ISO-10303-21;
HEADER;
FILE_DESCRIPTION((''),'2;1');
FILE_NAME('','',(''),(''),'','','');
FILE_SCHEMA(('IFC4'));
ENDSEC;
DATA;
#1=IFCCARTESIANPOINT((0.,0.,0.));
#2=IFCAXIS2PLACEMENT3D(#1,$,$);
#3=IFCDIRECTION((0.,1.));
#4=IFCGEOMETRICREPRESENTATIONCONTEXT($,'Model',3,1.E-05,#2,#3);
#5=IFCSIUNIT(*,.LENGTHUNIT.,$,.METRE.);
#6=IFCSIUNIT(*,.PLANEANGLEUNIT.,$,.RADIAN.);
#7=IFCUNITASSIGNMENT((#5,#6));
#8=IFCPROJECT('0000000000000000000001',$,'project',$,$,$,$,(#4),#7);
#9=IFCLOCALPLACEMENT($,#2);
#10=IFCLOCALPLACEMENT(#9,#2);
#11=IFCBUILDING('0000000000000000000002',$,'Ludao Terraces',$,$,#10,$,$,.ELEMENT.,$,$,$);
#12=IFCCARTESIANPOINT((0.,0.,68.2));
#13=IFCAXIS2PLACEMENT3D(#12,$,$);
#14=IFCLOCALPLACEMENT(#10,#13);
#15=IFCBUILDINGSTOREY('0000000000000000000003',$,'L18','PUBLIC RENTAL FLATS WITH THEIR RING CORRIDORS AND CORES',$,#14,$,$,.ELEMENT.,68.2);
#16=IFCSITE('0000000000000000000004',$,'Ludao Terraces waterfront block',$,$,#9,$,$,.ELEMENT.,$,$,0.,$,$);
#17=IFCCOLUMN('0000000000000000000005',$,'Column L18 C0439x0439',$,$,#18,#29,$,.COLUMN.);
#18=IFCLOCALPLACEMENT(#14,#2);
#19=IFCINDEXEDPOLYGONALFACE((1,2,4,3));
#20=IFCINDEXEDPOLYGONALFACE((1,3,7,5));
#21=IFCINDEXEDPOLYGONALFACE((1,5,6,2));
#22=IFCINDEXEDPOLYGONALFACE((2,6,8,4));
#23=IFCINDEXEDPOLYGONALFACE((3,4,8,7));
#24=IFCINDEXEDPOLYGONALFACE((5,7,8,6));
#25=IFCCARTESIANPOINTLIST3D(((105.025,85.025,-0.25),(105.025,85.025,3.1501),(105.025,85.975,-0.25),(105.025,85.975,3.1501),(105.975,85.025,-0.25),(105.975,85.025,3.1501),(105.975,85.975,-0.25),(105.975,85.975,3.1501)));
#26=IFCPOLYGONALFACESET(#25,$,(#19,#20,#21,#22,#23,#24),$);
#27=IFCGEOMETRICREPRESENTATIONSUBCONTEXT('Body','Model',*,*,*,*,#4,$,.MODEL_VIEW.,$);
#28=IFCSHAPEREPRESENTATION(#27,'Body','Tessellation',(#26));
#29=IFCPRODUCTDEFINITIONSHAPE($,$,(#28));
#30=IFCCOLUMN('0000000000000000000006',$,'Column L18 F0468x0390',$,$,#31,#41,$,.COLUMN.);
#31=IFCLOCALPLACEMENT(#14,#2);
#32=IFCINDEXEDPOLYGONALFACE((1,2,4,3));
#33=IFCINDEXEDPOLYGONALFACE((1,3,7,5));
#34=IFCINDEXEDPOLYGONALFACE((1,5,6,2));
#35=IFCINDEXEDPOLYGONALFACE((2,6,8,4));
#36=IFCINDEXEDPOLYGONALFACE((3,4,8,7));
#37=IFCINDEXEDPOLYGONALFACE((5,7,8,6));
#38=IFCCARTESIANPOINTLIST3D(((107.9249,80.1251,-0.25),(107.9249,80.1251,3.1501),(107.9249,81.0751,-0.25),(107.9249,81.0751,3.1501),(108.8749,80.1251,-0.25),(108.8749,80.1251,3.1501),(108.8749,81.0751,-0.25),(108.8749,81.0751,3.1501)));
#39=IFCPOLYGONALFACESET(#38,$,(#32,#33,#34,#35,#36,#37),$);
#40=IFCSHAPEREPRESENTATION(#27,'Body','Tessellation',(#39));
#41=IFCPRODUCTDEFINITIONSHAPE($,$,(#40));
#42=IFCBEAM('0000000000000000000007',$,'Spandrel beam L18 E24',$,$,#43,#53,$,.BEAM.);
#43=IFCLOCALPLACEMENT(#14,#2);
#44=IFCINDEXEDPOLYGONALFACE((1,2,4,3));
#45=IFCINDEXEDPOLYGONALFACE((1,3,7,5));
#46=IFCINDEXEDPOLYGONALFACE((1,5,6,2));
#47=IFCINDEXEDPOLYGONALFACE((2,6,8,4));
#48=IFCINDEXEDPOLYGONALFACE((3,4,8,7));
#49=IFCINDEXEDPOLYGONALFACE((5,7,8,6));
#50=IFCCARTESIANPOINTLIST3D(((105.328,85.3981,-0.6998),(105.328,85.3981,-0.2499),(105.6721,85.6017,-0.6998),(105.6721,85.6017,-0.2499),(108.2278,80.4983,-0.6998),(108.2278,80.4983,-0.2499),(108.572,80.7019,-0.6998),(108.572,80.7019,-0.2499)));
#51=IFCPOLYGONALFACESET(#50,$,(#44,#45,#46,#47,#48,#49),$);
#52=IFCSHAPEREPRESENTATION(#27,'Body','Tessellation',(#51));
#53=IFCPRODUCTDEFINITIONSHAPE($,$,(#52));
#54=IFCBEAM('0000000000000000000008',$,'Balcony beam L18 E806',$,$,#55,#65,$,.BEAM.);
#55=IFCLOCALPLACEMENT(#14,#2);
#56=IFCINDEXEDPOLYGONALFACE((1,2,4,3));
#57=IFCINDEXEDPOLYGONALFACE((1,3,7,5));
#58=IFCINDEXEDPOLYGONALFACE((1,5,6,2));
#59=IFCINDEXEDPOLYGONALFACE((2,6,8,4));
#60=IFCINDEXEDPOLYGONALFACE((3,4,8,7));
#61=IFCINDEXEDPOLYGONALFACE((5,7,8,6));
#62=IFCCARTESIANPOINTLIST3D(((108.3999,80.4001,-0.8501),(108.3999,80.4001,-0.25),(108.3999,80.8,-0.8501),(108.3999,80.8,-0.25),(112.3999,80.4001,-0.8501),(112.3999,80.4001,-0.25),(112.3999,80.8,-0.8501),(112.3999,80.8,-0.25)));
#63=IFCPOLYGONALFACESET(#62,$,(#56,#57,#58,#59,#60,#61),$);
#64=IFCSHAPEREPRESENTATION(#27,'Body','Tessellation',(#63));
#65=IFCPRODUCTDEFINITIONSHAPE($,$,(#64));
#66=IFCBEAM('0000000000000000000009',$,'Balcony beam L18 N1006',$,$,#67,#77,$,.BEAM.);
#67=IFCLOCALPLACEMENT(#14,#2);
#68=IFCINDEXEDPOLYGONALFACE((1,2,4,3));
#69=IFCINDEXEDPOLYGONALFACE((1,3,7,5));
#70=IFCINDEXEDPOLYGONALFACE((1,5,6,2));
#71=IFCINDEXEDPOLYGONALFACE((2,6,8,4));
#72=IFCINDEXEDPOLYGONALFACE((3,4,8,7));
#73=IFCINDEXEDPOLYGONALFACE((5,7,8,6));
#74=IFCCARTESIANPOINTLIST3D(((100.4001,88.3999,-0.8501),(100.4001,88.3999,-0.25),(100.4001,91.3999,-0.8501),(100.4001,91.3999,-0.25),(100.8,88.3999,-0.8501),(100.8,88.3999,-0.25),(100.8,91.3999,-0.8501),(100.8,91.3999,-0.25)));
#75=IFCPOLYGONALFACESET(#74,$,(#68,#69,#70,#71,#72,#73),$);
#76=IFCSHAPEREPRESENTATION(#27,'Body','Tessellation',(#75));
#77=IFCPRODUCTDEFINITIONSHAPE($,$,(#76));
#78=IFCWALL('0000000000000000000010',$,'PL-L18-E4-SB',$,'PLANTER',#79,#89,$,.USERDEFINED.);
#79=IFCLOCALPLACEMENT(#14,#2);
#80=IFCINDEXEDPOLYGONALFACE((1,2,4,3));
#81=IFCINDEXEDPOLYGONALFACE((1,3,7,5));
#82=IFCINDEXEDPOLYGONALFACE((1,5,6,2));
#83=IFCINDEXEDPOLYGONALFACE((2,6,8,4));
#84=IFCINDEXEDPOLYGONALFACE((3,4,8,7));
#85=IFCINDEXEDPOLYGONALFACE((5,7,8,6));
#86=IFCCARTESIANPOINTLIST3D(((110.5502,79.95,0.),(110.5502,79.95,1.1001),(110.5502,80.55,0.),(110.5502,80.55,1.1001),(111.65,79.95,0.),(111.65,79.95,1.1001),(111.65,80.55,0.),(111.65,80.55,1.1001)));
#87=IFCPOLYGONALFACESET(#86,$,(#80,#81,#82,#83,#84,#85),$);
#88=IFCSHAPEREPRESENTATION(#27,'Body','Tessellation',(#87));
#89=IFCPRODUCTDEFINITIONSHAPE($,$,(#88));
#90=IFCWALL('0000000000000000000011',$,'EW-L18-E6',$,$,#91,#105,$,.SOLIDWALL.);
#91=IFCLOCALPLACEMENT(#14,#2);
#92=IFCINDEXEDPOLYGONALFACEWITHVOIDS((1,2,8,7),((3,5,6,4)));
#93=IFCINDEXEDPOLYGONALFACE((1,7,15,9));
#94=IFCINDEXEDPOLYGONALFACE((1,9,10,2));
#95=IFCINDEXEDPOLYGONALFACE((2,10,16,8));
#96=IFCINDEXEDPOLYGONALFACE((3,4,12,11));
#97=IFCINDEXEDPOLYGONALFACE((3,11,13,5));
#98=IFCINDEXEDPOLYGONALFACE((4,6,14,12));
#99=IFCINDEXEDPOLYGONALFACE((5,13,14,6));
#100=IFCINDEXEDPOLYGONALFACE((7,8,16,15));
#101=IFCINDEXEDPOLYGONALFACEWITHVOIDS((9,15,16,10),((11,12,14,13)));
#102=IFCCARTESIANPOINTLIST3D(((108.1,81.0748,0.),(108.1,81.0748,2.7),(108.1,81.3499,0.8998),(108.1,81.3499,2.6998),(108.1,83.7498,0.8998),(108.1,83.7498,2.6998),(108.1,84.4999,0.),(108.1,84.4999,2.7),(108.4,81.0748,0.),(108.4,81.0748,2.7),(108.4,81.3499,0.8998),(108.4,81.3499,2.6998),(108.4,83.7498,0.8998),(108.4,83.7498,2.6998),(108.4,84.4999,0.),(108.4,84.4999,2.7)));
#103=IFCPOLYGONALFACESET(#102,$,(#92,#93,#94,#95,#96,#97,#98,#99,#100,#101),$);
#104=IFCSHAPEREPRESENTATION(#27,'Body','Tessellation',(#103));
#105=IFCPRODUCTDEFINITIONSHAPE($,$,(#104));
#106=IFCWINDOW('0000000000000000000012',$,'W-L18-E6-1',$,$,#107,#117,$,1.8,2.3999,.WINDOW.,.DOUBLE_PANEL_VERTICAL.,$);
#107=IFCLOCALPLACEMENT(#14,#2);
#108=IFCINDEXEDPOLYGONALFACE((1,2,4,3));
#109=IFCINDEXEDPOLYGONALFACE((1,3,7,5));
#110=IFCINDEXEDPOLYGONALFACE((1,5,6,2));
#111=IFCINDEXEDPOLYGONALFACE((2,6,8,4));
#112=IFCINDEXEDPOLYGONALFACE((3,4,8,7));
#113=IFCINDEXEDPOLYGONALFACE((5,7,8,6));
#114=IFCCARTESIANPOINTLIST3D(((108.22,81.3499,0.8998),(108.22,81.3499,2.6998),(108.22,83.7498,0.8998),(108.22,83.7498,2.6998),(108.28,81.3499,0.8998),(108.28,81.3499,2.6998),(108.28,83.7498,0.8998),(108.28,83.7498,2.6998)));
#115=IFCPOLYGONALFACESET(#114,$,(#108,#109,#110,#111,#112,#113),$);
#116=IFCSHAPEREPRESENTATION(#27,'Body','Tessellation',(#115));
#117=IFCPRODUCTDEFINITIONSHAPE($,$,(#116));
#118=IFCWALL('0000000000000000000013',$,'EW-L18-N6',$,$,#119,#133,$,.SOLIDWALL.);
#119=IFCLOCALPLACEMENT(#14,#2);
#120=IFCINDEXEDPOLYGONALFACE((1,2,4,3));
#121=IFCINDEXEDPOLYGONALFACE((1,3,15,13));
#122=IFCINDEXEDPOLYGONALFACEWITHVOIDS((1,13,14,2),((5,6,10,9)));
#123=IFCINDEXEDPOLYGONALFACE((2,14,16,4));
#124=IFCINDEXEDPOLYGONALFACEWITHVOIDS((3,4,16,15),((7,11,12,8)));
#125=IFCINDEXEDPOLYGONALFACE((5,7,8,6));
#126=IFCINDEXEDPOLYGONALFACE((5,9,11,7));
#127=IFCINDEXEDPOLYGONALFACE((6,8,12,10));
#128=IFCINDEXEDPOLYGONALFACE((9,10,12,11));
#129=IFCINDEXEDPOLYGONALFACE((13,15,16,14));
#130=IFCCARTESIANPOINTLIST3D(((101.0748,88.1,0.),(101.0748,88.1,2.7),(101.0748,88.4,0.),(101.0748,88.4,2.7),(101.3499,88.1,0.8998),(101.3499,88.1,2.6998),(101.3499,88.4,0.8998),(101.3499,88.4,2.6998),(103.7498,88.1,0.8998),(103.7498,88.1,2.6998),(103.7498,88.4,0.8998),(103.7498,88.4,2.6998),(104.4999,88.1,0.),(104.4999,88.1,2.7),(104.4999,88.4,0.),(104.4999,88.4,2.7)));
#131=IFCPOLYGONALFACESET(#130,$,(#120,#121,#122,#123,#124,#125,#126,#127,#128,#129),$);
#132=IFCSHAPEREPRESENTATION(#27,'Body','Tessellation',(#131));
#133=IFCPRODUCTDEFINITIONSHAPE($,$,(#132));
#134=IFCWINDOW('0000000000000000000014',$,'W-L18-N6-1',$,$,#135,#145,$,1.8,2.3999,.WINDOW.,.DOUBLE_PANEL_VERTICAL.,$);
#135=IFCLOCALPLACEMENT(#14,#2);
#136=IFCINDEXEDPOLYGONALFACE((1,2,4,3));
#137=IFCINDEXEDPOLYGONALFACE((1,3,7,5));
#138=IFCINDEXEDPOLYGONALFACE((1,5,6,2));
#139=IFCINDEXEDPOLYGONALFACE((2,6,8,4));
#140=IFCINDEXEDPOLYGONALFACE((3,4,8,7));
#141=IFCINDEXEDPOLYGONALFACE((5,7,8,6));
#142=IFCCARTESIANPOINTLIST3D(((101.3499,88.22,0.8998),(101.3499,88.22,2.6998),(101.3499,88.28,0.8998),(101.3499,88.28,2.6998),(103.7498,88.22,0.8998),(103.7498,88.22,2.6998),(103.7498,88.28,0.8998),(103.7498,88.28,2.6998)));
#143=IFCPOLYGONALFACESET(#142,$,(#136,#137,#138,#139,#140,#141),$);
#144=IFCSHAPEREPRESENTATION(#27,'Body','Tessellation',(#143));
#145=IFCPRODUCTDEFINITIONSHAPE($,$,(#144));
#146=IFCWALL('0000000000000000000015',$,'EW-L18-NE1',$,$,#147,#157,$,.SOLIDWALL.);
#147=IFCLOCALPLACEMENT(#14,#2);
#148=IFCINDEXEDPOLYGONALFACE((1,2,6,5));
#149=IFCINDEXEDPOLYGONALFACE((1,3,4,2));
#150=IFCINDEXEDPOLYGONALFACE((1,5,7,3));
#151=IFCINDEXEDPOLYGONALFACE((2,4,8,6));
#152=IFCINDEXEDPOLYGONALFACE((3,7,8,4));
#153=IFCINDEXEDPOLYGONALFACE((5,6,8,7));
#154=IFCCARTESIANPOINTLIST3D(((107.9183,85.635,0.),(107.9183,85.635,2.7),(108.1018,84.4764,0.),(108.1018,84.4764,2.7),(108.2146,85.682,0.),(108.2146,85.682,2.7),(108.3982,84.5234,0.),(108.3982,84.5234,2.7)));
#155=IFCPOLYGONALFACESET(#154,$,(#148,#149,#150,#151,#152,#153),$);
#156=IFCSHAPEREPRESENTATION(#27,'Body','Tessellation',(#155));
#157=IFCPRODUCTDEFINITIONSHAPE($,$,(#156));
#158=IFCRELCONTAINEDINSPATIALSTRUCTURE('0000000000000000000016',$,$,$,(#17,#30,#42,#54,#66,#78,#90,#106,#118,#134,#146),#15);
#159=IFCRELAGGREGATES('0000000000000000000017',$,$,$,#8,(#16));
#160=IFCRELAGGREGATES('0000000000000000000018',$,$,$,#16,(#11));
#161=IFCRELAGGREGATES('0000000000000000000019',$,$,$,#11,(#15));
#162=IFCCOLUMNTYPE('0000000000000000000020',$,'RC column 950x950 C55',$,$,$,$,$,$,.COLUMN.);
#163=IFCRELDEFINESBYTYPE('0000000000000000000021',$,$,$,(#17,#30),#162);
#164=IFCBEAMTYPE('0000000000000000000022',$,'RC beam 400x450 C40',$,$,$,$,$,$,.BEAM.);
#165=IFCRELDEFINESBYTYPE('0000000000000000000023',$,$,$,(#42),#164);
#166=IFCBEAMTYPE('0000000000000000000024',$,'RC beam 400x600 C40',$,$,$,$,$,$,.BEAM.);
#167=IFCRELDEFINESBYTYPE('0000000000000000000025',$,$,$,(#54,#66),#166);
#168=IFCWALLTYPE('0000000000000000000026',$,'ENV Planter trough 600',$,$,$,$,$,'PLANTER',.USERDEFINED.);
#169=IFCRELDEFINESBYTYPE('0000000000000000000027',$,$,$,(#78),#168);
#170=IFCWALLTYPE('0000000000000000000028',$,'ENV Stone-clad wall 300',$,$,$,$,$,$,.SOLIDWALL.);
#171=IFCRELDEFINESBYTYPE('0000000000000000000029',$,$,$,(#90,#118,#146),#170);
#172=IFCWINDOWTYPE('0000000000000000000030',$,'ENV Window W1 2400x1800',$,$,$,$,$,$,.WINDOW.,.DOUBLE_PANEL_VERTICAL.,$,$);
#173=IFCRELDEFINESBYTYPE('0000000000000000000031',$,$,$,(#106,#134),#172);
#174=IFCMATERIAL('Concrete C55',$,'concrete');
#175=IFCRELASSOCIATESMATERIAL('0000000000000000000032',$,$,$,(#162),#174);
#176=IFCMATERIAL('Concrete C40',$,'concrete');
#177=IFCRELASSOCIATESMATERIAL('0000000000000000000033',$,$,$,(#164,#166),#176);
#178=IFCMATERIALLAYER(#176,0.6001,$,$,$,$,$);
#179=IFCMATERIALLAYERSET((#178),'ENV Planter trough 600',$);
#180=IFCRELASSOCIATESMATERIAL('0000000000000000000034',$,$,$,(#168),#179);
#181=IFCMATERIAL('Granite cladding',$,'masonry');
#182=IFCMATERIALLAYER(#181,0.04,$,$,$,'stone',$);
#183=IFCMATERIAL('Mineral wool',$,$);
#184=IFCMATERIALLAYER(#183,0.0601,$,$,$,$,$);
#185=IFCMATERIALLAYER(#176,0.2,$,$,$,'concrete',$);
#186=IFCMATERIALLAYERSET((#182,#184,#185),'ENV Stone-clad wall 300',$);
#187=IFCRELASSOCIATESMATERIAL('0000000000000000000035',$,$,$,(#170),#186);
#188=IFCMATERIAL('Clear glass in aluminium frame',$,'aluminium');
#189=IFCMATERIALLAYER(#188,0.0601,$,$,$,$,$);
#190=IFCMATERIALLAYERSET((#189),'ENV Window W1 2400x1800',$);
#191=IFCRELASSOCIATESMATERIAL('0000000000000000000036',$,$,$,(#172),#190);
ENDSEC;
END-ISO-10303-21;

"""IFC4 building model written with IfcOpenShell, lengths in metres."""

from ifc_helpers import new_model, si_unit, direction, frame, frame_2d, origin, origin_2d, place, context, subcontext, project, spatial, rectangle, extrude, material, layer, layer_set, material_profile, profile_set, type_object, element, fill, save


model = new_model("IFC4")

# Units and contexts
model_context = context("Model", 3, precision=1e-05, world=origin(), true_north=direction((0.0, 1.0)))
body_context = subcontext(model_context, "Body", "Model", "MODEL_VIEW")
ifc_project = project(units=[si_unit("LENGTHUNIT", "METRE"), si_unit("PLANEANGLEUNIT", "RADIAN")], contexts=[model_context])

# Site, building, storey
site_placement = place(None, origin())
site = spatial("IfcSite", under=ifc_project, at=site_placement, Name="Ludao Terraces waterfront block", CompositionType="ELEMENT", RefElevation=0.0)
building_placement = place(site_placement, origin())
building = spatial("IfcBuilding", under=site, at=building_placement, Name="Ludao Terraces", CompositionType="ELEMENT")
storey_placement = place(building_placement, frame((0.0, 0.0, 68.2)))
storey = spatial("IfcBuildingStorey", under=building, at=storey_placement, Name="L18", Description="PUBLIC RENTAL FLATS WITH THEIR RING CORRIDORS AND CORES", CompositionType="ELEMENT", Elevation=68.2)

# Columns
ifc_material_1 = material(Name="Concrete C55", Category="concrete")
ifc_material_profile_1 = material_profile(ifc_material_1, rectangle(XDim=0.95, YDim=0.95, at=origin_2d()), Name="950 X 950")
ifc_profile_set_1 = profile_set([ifc_material_profile_1], Name="Concrete C55")
column_type = type_object("IfcColumnType", Name="RC column 950x950 C55", PredefinedType="COLUMN", material=ifc_profile_set_1)
for number, where, z_axis, x_axis, name in (
    (1, (105.5, 85.5, -0.25), (0.0, 0.0, 1.0), (1.0, 0.0, 0.0), "Column L18 C0439x0439"),
    (2, (108.3999, 80.6001, -0.25), (0.0, 0.0, 1.0), (1.0, 0.0, 0.0), "Column L18 F0468x0390"),
):
    element("IfcColumn", number, at=place(storey_placement, frame(where, z_axis=z_axis, x_axis=x_axis)), inside=storey, type_object=column_type, Name=name, PredefinedType="COLUMN", context=body_context, shape_type="SweptSolid", body=[
        extrude(rectangle(XDim=0.95, YDim=0.95, at=origin_2d()), origin(), (0.0, 0.0, 1.0), 3.4001),
    ])

# Beams
ifc_material_2 = material(Name="Concrete C40", Category="concrete")
ifc_material_profile_2 = material_profile(ifc_material_2, rectangle(XDim=0.3999, YDim=0.45, at=origin_2d()), Name="400 X 450")
ifc_profile_set_2 = profile_set([ifc_material_profile_2], Name="Concrete C40")
beam_type_1 = type_object("IfcBeamType", Name="RC beam 400x450 C40", PredefinedType="BEAM", material=ifc_profile_set_2)
beam_1_placement = place(storey_placement, frame((108.3999, 80.6001, -0.4749), z_axis=(-0.509316, 0.86058, 0.0), x_axis=(-0.86058, -0.509316, 0.0)))
element("IfcBeam", 3, at=beam_1_placement, inside=storey, type_object=beam_type_1, Name="Spandrel beam L18 E24", PredefinedType="BEAM", context=body_context, shape_type="SweptSolid", body=[
    extrude(rectangle(XDim=0.3999, YDim=0.45, at=origin_2d()), origin(), (0.0, 0.0, 1.0), 5.6936),
])
ifc_material_profile_3 = material_profile(ifc_material_2, rectangle(XDim=0.3999, YDim=0.6001, at=origin_2d()), Name="400 X 600")
ifc_profile_set_3 = profile_set([ifc_material_profile_3], Name="Concrete C40")
beam_type_2 = type_object("IfcBeamType", Name="RC beam 400x600 C40", PredefinedType="BEAM", material=ifc_profile_set_3)
beam_2_placement = place(storey_placement, frame((108.3999, 80.6001, -0.55), z_axis=(1.0, 0.0, 0.0), x_axis=(0.0, 1.0, 0.0)))
element("IfcBeam", 4, at=beam_2_placement, inside=storey, type_object=beam_type_2, Name="Balcony beam L18 E806", PredefinedType="BEAM", context=body_context, shape_type="SweptSolid", body=[
    extrude(rectangle(XDim=0.3999, YDim=0.6001, at=origin_2d()), origin(), (0.0, 0.0, 1.0), 4.0),
])
beam_3_placement = place(storey_placement, frame((100.6001, 88.3999, -0.55), z_axis=(0.0, 1.0, 0.0), x_axis=(-1.0, 0.0, 0.0)))
element("IfcBeam", 5, at=beam_3_placement, inside=storey, type_object=beam_type_2, Name="Balcony beam L18 N1006", PredefinedType="BEAM", context=body_context, shape_type="SweptSolid", body=[
    extrude(rectangle(XDim=0.3999, YDim=0.6001, at=origin_2d()), origin(), (0.0, 0.0, 1.0), 3.0),
])

# Wall
ifc_layer_1 = layer(ifc_material_2, 0.6001)
ifc_layer_set_1 = layer_set([ifc_layer_1], Name="ENV Planter trough 600")
wall_type_1 = type_object("IfcWallType", Name="ENV Planter trough 600", ElementType="PLANTER", PredefinedType="USERDEFINED", material=ifc_layer_set_1)
wall_1_placement = place(storey_placement, frame((111.6499, 80.25, 0.0), z_axis=(0.0, 0.0, 1.0), x_axis=(-1.0, 0.0, 0.0)))
element("IfcWall", 6, at=wall_1_placement, inside=storey, type_object=wall_type_1, Name="PL-L18-E4-SB", ObjectType="PLANTER", PredefinedType="USERDEFINED", context=body_context, shape_type="SweptSolid", body=[
    extrude(rectangle(XDim=1.0999, YDim=0.6001, at=frame_2d((0.5498, 0.0))), origin(), (0.0, 0.0, 1.0), 1.1001),
])

# Walls, openings, windows
ifc_material_3 = material(Name="Granite cladding", Category="masonry")
ifc_layer_2 = layer(ifc_material_3, 0.04, Category="stone")
ifc_material_4 = material(Name="Mineral wool")
ifc_layer_3 = layer(ifc_material_4, 0.0601)
ifc_layer_4 = layer(ifc_material_2, 0.2, Category="concrete")
ifc_layer_set_2 = layer_set([ifc_layer_2, ifc_layer_3, ifc_layer_4], Name="ENV Stone-clad wall 300")
wall_type_2 = type_object("IfcWallType", Name="ENV Stone-clad wall 300", PredefinedType="SOLIDWALL", material=ifc_layer_set_2)
wall_2_placement = place(storey_placement, frame((108.25, 81.075, 0.0), z_axis=(0.0, 0.0, 1.0), x_axis=(0.0, 1.0, 0.0)))
wall_2 = element("IfcWall", 7, at=wall_2_placement, inside=storey, type_object=wall_type_2, Name="EW-L18-E6", PredefinedType="SOLIDWALL", context=body_context, shape_type="SweptSolid", body=[
    extrude(rectangle(XDim=3.425, YDim=0.3, at=frame_2d((1.7124, 0.0))), origin(), (0.0, 0.0, 1.0), 2.7),
])
opening_1_placement = place(wall_2_placement, frame((0.2749, 0.0, 0.8999)))
opening_1 = element("IfcOpeningElement", 8, at=opening_1_placement, cuts=wall_2, PredefinedType="OPENING", context=body_context, shape_type="SweptSolid", body=[
    extrude(rectangle(XDim=2.3999, YDim=1.8, at=frame_2d((1.2, 0.8999))), frame((0.0, 0.1602, 0.0), z_axis=(0.0, -1.0, 0.0), x_axis=(1.0, 0.0, 0.0)), (0.0, 0.0, 1.0), 0.3201),
])
ifc_material_5 = material(Name="Clear glass in aluminium frame", Category="aluminium")
ifc_layer_5 = layer(ifc_material_5, 0.0601)
ifc_layer_set_3 = layer_set([ifc_layer_5], Name="ENV Window W1 2400x1800")
window_type_1 = type_object("IfcWindowType", Name="ENV Window W1 2400x1800", PartitioningType="DOUBLE_PANEL_VERTICAL", PredefinedType="WINDOW", material=ifc_layer_set_3)
window_1_placement = place(opening_1_placement, origin())
window_1 = element("IfcWindow", 9, at=window_1_placement, inside=storey, type_object=window_type_1, Name="W-L18-E6-1", OverallHeight=1.8, OverallWidth=2.3999, PartitioningType="DOUBLE_PANEL_VERTICAL", PredefinedType="WINDOW", context=body_context, shape_type="SweptSolid", body=[
    extrude(rectangle(XDim=2.3999, YDim=1.8, at=frame_2d((1.2, 0.8999))), frame((0.0, 0.03, 0.0), z_axis=(0.0, -1.0, 0.0), x_axis=(1.0, 0.0, 0.0)), (0.0, 0.0, 1.0), 0.0601),
])
fill(opening_1, window_1)
wall_3_placement = place(storey_placement, frame((101.075, 88.25, 0.0), z_axis=(0.0, 0.0, 1.0), x_axis=(1.0, 0.0, 0.0)))
wall_3 = element("IfcWall", 10, at=wall_3_placement, inside=storey, type_object=wall_type_2, Name="EW-L18-N6", PredefinedType="SOLIDWALL", context=body_context, shape_type="SweptSolid", body=[
    extrude(rectangle(XDim=3.425, YDim=0.3, at=frame_2d((1.7124, 0.0))), origin(), (0.0, 0.0, 1.0), 2.7),
])
opening_2_placement = place(wall_3_placement, frame((0.2749, 0.0, 0.8999)))
opening_2 = element("IfcOpeningElement", 11, at=opening_2_placement, cuts=wall_3, PredefinedType="OPENING", context=body_context, shape_type="SweptSolid", body=[
    extrude(rectangle(XDim=2.3999, YDim=1.8, at=frame_2d((1.2, 0.8999))), frame((0.0, 0.1602, 0.0), z_axis=(0.0, -1.0, 0.0), x_axis=(1.0, 0.0, 0.0)), (0.0, 0.0, 1.0), 0.3201),
])
window_2_placement = place(opening_2_placement, origin())
window_2 = element("IfcWindow", 12, at=window_2_placement, inside=storey, type_object=window_type_1, Name="W-L18-N6-1", OverallHeight=1.8, OverallWidth=2.3999, PartitioningType="DOUBLE_PANEL_VERTICAL", PredefinedType="WINDOW", context=body_context, shape_type="SweptSolid", body=[
    extrude(rectangle(XDim=2.3999, YDim=1.8, at=frame_2d((1.2, 0.8999))), frame((0.0, 0.03, 0.0), z_axis=(0.0, -1.0, 0.0), x_axis=(1.0, 0.0, 0.0)), (0.0, 0.0, 1.0), 0.0601),
])
fill(opening_2, window_2)

# Wall
wall_4_placement = place(storey_placement, frame((108.25, 84.5, 0.0), z_axis=(0.0, 0.0, 1.0), x_axis=(-0.156497, 0.987678, 0.0)))
element("IfcWall", 13, at=wall_4_placement, inside=storey, type_object=wall_type_2, Name="EW-L18-NE1", PredefinedType="SOLIDWALL", context=body_context, shape_type="SweptSolid", body=[
    extrude(rectangle(XDim=1.1731, YDim=0.3, at=frame_2d((0.5864, 0.0))), origin(), (0.0, 0.0, 1.0), 2.7),
])

save(model, "model.ifc")
